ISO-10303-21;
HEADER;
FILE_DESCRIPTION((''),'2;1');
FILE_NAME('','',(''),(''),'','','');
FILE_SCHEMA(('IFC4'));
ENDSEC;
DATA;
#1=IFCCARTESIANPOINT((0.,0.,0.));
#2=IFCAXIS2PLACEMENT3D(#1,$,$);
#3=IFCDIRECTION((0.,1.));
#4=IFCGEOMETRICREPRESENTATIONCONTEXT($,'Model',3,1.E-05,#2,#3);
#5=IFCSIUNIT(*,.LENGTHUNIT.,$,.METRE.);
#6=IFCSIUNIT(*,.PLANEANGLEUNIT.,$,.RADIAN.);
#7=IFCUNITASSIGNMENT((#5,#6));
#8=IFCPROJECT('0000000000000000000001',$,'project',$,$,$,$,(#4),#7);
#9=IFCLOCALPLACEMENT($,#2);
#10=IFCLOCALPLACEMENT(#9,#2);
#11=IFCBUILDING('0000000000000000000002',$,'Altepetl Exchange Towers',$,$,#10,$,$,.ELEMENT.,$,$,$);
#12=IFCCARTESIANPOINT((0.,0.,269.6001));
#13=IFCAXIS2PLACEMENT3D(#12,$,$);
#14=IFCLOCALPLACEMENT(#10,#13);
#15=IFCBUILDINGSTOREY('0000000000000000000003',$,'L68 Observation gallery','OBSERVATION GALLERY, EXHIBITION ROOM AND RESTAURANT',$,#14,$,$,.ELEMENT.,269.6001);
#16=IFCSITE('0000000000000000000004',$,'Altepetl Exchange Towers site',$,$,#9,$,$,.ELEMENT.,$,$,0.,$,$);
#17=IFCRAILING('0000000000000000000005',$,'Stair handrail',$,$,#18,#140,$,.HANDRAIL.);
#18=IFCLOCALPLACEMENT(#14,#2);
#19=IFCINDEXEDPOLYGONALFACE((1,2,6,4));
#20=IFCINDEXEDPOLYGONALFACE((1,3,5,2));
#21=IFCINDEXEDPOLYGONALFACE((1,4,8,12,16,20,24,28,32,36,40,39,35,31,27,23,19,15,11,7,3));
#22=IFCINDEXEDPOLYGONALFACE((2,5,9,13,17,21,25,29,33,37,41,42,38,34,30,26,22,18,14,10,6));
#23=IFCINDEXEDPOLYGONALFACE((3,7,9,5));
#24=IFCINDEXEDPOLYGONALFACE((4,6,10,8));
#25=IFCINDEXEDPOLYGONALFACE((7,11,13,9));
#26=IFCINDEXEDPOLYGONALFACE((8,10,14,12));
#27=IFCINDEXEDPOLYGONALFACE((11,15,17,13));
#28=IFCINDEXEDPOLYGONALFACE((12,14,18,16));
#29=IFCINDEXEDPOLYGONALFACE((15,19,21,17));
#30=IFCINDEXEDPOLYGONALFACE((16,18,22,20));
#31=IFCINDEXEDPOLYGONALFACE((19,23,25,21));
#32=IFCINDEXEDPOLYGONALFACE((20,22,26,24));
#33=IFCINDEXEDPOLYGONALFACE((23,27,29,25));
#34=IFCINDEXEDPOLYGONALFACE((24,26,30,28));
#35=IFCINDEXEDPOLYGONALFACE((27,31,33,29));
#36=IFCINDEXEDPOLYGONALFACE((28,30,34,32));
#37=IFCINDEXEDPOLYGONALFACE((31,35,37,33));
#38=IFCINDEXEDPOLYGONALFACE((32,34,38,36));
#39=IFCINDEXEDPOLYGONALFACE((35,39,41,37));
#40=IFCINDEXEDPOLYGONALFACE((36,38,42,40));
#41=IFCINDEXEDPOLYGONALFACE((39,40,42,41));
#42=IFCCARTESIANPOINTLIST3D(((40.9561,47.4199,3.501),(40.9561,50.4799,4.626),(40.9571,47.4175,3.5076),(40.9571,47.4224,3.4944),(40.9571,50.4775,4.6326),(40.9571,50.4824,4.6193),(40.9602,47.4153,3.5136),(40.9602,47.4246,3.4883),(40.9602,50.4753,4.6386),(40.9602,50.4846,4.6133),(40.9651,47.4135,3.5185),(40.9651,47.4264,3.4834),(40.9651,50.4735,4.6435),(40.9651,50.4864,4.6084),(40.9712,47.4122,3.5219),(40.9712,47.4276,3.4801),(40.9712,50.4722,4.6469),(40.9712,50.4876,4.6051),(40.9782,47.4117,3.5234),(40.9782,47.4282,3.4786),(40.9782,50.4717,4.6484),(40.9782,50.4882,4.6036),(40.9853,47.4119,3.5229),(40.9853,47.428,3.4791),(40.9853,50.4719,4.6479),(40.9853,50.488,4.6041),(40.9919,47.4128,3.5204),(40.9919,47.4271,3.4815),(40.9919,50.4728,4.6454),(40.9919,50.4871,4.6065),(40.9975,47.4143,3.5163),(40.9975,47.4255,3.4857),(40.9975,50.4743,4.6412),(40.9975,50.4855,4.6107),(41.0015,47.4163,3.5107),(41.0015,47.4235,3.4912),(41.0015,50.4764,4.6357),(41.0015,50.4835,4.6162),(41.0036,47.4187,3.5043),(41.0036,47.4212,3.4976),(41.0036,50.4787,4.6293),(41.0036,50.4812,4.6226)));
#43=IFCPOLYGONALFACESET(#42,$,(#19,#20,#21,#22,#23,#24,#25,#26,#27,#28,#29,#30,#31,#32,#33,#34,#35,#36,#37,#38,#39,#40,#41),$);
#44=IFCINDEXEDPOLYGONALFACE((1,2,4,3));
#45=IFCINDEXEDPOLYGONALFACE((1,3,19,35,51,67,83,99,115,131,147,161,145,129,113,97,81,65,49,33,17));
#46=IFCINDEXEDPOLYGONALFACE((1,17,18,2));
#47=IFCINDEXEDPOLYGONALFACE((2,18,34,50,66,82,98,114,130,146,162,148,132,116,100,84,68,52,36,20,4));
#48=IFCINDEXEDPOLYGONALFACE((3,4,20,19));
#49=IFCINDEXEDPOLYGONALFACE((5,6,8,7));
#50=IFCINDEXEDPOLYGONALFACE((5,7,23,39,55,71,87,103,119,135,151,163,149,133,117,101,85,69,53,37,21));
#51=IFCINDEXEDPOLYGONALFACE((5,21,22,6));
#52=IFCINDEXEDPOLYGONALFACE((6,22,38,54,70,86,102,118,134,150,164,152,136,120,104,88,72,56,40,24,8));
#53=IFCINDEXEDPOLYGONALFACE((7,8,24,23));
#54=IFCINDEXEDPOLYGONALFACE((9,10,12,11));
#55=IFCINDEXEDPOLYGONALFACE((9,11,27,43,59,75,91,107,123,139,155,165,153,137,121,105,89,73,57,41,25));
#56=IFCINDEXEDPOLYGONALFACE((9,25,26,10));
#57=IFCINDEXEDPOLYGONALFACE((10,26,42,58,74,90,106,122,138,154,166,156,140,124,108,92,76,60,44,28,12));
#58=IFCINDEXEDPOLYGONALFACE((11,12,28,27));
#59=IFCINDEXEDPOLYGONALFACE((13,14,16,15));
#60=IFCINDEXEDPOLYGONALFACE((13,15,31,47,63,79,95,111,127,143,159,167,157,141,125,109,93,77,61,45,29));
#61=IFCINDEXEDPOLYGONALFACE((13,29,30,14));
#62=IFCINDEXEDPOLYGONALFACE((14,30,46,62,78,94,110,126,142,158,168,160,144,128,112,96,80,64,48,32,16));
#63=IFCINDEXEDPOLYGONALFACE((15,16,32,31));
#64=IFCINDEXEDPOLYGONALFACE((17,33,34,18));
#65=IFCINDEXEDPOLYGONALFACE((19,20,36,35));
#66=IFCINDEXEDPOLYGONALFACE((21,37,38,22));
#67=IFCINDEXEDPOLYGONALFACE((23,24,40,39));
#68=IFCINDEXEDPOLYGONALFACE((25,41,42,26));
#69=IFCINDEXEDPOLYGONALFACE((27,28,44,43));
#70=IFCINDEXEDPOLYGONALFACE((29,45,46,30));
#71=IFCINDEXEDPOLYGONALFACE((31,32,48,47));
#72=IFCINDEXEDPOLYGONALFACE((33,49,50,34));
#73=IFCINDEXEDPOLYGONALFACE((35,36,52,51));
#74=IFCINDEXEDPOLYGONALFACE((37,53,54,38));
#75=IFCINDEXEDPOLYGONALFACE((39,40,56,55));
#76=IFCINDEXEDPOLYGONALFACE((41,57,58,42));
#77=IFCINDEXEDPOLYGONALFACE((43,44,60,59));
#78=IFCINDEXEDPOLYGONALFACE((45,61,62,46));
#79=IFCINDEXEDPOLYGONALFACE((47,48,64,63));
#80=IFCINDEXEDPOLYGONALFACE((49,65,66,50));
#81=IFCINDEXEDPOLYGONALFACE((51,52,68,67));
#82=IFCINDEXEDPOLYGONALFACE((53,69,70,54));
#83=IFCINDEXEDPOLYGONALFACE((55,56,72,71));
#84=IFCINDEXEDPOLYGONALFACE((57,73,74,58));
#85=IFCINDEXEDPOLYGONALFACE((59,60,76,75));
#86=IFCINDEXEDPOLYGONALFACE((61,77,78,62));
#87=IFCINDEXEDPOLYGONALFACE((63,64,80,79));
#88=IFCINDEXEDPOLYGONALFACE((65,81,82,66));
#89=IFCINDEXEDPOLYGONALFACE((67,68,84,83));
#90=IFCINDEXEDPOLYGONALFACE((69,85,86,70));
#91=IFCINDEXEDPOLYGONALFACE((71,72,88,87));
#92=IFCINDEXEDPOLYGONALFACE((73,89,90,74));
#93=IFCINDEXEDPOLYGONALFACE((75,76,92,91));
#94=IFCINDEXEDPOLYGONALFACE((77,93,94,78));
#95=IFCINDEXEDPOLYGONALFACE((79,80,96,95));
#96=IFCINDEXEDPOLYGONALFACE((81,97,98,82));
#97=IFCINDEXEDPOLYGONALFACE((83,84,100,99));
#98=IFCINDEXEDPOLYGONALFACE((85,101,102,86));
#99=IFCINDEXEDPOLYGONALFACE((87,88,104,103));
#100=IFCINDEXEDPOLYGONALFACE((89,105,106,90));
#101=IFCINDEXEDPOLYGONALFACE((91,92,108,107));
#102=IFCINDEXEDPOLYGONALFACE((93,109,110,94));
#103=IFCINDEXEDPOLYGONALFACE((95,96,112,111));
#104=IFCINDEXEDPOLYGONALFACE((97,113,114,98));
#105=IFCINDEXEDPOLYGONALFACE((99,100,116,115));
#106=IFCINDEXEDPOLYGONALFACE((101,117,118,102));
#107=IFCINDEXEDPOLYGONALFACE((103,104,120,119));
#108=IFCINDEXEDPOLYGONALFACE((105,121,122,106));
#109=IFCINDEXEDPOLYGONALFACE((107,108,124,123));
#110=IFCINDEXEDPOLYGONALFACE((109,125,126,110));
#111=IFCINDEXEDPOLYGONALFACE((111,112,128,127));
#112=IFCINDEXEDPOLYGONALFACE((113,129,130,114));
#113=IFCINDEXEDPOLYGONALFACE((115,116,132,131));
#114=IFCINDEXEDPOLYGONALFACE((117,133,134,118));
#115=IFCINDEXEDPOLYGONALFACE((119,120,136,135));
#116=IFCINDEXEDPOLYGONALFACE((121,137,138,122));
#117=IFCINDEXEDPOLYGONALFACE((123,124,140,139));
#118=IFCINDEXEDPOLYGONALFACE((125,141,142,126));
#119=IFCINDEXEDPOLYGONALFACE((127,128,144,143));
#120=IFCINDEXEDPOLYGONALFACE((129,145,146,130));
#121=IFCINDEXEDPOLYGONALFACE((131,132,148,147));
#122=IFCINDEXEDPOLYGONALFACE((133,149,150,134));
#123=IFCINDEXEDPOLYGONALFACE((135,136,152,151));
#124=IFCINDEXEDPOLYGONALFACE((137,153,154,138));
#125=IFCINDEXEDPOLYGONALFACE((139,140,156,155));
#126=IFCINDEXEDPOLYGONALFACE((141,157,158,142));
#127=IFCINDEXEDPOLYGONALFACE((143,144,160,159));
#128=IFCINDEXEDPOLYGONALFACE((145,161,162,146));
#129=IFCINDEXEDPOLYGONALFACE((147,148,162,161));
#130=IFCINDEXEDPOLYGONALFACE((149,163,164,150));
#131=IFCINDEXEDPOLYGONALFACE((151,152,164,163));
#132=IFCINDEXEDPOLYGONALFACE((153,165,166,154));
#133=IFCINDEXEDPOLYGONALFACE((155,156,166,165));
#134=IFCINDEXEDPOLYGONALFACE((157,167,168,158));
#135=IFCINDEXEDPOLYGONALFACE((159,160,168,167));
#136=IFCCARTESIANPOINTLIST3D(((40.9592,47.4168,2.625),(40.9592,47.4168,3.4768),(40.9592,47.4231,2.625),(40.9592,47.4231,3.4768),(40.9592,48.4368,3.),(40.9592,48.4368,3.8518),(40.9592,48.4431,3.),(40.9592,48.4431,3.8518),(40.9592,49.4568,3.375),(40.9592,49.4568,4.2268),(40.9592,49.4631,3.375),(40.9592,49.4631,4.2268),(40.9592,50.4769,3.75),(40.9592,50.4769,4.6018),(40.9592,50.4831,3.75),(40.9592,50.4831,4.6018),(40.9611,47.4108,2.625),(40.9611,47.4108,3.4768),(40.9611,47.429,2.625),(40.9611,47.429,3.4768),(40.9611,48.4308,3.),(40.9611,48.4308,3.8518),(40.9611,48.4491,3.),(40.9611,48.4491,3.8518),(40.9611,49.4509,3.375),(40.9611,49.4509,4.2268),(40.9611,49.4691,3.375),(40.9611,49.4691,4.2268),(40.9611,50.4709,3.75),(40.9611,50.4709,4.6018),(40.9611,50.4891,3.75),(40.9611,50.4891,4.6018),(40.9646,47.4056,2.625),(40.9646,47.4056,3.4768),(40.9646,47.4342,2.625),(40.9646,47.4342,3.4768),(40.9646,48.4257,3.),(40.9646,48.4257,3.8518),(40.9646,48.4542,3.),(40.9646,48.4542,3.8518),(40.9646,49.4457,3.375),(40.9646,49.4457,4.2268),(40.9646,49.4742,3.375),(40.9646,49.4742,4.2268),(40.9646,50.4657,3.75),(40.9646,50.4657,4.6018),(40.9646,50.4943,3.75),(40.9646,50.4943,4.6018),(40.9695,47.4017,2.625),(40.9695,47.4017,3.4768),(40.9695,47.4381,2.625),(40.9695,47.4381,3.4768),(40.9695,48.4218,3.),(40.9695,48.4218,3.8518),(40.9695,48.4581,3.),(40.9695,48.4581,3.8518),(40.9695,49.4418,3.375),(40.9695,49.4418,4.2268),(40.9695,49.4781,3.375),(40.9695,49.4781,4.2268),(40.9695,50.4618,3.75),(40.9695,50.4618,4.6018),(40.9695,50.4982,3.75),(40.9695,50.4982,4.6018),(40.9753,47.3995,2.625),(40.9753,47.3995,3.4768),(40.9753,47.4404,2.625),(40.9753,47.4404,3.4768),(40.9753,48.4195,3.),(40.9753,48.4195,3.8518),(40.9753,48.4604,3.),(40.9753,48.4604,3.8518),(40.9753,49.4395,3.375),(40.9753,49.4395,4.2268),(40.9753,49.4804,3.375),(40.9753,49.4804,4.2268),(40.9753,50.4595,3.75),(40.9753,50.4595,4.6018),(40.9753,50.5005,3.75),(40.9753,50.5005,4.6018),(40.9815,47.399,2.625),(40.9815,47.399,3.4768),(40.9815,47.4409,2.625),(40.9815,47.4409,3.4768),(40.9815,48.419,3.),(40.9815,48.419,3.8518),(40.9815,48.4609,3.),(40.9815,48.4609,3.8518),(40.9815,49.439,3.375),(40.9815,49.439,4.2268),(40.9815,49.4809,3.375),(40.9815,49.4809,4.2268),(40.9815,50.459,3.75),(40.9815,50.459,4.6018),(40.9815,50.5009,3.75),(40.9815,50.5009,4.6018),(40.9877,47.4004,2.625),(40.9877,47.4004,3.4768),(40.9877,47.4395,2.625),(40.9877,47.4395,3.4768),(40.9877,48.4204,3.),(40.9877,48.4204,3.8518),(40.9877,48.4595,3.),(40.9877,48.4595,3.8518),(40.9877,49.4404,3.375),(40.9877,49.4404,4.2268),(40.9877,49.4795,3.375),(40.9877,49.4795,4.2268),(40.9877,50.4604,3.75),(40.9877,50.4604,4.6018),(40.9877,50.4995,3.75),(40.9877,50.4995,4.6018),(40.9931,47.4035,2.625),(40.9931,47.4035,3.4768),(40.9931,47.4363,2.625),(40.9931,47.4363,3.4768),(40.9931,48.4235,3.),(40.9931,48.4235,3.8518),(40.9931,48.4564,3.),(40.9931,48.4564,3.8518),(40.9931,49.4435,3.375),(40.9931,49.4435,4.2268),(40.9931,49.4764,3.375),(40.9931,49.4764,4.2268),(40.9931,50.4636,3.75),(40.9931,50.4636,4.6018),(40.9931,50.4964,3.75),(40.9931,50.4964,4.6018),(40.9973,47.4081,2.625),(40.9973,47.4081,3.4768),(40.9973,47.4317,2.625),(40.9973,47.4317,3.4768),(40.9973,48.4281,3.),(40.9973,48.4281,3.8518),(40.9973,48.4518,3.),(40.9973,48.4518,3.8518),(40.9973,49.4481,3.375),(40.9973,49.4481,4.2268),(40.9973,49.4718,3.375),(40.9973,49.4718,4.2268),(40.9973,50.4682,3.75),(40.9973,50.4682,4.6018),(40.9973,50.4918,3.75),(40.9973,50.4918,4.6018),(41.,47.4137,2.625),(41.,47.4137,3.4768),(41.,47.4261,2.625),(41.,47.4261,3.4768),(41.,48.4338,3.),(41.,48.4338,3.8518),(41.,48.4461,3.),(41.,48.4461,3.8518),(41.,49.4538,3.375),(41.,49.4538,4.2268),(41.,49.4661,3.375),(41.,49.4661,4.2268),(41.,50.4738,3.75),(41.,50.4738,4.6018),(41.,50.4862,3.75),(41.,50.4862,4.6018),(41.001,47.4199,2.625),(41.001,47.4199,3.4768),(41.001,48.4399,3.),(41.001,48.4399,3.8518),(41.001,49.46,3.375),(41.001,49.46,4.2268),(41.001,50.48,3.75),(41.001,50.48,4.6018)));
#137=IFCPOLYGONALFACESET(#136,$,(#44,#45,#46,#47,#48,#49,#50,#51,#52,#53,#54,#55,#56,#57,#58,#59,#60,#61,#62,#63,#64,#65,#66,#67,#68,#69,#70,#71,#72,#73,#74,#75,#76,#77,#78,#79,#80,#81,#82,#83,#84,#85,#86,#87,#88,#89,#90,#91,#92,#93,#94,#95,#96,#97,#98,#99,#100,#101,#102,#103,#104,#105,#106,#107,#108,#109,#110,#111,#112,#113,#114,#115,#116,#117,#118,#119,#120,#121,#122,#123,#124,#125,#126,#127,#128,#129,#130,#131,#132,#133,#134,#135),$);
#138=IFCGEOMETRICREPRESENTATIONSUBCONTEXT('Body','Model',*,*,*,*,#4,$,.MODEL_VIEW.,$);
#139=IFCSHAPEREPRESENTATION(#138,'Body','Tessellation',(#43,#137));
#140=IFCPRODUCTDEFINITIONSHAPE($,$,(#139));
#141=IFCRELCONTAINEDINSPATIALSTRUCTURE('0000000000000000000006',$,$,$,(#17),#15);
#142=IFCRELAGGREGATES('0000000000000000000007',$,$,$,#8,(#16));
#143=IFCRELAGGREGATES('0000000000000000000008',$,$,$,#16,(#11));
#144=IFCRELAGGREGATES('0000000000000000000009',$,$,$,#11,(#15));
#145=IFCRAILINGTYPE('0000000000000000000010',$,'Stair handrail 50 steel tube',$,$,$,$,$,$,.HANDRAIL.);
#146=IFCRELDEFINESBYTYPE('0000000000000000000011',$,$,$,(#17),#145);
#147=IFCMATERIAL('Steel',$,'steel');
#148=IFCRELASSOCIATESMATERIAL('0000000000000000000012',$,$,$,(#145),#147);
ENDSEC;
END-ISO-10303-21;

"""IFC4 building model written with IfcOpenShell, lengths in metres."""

from ifc_helpers import new_model, si_unit, direction, frame, origin, origin_2d, place, context, subcontext, project, spatial, circle, extrude, source, transform, mapped, material, type_object, element, save


model = new_model("IFC4")

# Units and contexts
model_context = context("Model", 3, precision=1e-05, world=origin(), true_north=direction((0.0, 1.0)))
body_context = subcontext(model_context, "Body", "Model", "MODEL_VIEW")
ifc_project = project(units=[si_unit("LENGTHUNIT", "METRE"), si_unit("PLANEANGLEUNIT", "RADIAN")], contexts=[model_context])

# Site, building, storey
site_placement = place(None, origin())
site = spatial("IfcSite", under=ifc_project, at=site_placement, Name="Altepetl Exchange Towers site", CompositionType="ELEMENT", RefElevation=0.0)
building_placement = place(site_placement, origin())
building = spatial("IfcBuilding", under=site, at=building_placement, Name="Altepetl Exchange Towers", CompositionType="ELEMENT")
storey_placement = place(building_placement, frame((0.0, 0.0, 269.6001)))
storey = spatial("IfcBuildingStorey", under=building, at=storey_placement, Name="L68 Observation gallery", Description="OBSERVATION GALLERY, EXHIBITION ROOM AND RESTAURANT", CompositionType="ELEMENT", Elevation=269.6001)

# Railing
ifc_material_1 = material(Name="Steel", Category="steel")
railing_type = type_object("IfcRailingType", Name="Stair handrail 50 steel tube", PredefinedType="HANDRAIL", material=ifc_material_1)
shared_shape = source(origin(), body_context, "Body", "SweptSolid", [
    extrude(circle(Radius=0.021, at=origin_2d()), origin(), (0.0, 0.0, 1.0), 0.8518),
])
for number, where, name in (
    (1, (40.98, 47.4199, 2.625), "Stair handrail"),
):
    element("IfcRailing", number, at=place(storey_placement, frame(where)), inside=storey, type_object=railing_type, Name=name, PredefinedType="HANDRAIL", context=body_context, shape_type="SweptSolid", body=[
        extrude(circle(Radius=0.0239, at=origin_2d()), frame((0.0, 0.0, 0.876), z_axis=(0.0, 0.938581, 0.34506), x_axis=(-1.0, 0.0, 0.0)), (0.0, 0.0, 1.0), 3.2603),
        mapped(shared_shape, transform((0.0, 0.0, 0.0))),
        mapped(shared_shape, transform((0.0, 1.02, 0.375))),
        mapped(shared_shape, transform((0.0, 2.04, 0.75))),
        mapped(shared_shape, transform((0.0, 3.0601, 1.125))),
    ])

save(model, "model.ifc")
